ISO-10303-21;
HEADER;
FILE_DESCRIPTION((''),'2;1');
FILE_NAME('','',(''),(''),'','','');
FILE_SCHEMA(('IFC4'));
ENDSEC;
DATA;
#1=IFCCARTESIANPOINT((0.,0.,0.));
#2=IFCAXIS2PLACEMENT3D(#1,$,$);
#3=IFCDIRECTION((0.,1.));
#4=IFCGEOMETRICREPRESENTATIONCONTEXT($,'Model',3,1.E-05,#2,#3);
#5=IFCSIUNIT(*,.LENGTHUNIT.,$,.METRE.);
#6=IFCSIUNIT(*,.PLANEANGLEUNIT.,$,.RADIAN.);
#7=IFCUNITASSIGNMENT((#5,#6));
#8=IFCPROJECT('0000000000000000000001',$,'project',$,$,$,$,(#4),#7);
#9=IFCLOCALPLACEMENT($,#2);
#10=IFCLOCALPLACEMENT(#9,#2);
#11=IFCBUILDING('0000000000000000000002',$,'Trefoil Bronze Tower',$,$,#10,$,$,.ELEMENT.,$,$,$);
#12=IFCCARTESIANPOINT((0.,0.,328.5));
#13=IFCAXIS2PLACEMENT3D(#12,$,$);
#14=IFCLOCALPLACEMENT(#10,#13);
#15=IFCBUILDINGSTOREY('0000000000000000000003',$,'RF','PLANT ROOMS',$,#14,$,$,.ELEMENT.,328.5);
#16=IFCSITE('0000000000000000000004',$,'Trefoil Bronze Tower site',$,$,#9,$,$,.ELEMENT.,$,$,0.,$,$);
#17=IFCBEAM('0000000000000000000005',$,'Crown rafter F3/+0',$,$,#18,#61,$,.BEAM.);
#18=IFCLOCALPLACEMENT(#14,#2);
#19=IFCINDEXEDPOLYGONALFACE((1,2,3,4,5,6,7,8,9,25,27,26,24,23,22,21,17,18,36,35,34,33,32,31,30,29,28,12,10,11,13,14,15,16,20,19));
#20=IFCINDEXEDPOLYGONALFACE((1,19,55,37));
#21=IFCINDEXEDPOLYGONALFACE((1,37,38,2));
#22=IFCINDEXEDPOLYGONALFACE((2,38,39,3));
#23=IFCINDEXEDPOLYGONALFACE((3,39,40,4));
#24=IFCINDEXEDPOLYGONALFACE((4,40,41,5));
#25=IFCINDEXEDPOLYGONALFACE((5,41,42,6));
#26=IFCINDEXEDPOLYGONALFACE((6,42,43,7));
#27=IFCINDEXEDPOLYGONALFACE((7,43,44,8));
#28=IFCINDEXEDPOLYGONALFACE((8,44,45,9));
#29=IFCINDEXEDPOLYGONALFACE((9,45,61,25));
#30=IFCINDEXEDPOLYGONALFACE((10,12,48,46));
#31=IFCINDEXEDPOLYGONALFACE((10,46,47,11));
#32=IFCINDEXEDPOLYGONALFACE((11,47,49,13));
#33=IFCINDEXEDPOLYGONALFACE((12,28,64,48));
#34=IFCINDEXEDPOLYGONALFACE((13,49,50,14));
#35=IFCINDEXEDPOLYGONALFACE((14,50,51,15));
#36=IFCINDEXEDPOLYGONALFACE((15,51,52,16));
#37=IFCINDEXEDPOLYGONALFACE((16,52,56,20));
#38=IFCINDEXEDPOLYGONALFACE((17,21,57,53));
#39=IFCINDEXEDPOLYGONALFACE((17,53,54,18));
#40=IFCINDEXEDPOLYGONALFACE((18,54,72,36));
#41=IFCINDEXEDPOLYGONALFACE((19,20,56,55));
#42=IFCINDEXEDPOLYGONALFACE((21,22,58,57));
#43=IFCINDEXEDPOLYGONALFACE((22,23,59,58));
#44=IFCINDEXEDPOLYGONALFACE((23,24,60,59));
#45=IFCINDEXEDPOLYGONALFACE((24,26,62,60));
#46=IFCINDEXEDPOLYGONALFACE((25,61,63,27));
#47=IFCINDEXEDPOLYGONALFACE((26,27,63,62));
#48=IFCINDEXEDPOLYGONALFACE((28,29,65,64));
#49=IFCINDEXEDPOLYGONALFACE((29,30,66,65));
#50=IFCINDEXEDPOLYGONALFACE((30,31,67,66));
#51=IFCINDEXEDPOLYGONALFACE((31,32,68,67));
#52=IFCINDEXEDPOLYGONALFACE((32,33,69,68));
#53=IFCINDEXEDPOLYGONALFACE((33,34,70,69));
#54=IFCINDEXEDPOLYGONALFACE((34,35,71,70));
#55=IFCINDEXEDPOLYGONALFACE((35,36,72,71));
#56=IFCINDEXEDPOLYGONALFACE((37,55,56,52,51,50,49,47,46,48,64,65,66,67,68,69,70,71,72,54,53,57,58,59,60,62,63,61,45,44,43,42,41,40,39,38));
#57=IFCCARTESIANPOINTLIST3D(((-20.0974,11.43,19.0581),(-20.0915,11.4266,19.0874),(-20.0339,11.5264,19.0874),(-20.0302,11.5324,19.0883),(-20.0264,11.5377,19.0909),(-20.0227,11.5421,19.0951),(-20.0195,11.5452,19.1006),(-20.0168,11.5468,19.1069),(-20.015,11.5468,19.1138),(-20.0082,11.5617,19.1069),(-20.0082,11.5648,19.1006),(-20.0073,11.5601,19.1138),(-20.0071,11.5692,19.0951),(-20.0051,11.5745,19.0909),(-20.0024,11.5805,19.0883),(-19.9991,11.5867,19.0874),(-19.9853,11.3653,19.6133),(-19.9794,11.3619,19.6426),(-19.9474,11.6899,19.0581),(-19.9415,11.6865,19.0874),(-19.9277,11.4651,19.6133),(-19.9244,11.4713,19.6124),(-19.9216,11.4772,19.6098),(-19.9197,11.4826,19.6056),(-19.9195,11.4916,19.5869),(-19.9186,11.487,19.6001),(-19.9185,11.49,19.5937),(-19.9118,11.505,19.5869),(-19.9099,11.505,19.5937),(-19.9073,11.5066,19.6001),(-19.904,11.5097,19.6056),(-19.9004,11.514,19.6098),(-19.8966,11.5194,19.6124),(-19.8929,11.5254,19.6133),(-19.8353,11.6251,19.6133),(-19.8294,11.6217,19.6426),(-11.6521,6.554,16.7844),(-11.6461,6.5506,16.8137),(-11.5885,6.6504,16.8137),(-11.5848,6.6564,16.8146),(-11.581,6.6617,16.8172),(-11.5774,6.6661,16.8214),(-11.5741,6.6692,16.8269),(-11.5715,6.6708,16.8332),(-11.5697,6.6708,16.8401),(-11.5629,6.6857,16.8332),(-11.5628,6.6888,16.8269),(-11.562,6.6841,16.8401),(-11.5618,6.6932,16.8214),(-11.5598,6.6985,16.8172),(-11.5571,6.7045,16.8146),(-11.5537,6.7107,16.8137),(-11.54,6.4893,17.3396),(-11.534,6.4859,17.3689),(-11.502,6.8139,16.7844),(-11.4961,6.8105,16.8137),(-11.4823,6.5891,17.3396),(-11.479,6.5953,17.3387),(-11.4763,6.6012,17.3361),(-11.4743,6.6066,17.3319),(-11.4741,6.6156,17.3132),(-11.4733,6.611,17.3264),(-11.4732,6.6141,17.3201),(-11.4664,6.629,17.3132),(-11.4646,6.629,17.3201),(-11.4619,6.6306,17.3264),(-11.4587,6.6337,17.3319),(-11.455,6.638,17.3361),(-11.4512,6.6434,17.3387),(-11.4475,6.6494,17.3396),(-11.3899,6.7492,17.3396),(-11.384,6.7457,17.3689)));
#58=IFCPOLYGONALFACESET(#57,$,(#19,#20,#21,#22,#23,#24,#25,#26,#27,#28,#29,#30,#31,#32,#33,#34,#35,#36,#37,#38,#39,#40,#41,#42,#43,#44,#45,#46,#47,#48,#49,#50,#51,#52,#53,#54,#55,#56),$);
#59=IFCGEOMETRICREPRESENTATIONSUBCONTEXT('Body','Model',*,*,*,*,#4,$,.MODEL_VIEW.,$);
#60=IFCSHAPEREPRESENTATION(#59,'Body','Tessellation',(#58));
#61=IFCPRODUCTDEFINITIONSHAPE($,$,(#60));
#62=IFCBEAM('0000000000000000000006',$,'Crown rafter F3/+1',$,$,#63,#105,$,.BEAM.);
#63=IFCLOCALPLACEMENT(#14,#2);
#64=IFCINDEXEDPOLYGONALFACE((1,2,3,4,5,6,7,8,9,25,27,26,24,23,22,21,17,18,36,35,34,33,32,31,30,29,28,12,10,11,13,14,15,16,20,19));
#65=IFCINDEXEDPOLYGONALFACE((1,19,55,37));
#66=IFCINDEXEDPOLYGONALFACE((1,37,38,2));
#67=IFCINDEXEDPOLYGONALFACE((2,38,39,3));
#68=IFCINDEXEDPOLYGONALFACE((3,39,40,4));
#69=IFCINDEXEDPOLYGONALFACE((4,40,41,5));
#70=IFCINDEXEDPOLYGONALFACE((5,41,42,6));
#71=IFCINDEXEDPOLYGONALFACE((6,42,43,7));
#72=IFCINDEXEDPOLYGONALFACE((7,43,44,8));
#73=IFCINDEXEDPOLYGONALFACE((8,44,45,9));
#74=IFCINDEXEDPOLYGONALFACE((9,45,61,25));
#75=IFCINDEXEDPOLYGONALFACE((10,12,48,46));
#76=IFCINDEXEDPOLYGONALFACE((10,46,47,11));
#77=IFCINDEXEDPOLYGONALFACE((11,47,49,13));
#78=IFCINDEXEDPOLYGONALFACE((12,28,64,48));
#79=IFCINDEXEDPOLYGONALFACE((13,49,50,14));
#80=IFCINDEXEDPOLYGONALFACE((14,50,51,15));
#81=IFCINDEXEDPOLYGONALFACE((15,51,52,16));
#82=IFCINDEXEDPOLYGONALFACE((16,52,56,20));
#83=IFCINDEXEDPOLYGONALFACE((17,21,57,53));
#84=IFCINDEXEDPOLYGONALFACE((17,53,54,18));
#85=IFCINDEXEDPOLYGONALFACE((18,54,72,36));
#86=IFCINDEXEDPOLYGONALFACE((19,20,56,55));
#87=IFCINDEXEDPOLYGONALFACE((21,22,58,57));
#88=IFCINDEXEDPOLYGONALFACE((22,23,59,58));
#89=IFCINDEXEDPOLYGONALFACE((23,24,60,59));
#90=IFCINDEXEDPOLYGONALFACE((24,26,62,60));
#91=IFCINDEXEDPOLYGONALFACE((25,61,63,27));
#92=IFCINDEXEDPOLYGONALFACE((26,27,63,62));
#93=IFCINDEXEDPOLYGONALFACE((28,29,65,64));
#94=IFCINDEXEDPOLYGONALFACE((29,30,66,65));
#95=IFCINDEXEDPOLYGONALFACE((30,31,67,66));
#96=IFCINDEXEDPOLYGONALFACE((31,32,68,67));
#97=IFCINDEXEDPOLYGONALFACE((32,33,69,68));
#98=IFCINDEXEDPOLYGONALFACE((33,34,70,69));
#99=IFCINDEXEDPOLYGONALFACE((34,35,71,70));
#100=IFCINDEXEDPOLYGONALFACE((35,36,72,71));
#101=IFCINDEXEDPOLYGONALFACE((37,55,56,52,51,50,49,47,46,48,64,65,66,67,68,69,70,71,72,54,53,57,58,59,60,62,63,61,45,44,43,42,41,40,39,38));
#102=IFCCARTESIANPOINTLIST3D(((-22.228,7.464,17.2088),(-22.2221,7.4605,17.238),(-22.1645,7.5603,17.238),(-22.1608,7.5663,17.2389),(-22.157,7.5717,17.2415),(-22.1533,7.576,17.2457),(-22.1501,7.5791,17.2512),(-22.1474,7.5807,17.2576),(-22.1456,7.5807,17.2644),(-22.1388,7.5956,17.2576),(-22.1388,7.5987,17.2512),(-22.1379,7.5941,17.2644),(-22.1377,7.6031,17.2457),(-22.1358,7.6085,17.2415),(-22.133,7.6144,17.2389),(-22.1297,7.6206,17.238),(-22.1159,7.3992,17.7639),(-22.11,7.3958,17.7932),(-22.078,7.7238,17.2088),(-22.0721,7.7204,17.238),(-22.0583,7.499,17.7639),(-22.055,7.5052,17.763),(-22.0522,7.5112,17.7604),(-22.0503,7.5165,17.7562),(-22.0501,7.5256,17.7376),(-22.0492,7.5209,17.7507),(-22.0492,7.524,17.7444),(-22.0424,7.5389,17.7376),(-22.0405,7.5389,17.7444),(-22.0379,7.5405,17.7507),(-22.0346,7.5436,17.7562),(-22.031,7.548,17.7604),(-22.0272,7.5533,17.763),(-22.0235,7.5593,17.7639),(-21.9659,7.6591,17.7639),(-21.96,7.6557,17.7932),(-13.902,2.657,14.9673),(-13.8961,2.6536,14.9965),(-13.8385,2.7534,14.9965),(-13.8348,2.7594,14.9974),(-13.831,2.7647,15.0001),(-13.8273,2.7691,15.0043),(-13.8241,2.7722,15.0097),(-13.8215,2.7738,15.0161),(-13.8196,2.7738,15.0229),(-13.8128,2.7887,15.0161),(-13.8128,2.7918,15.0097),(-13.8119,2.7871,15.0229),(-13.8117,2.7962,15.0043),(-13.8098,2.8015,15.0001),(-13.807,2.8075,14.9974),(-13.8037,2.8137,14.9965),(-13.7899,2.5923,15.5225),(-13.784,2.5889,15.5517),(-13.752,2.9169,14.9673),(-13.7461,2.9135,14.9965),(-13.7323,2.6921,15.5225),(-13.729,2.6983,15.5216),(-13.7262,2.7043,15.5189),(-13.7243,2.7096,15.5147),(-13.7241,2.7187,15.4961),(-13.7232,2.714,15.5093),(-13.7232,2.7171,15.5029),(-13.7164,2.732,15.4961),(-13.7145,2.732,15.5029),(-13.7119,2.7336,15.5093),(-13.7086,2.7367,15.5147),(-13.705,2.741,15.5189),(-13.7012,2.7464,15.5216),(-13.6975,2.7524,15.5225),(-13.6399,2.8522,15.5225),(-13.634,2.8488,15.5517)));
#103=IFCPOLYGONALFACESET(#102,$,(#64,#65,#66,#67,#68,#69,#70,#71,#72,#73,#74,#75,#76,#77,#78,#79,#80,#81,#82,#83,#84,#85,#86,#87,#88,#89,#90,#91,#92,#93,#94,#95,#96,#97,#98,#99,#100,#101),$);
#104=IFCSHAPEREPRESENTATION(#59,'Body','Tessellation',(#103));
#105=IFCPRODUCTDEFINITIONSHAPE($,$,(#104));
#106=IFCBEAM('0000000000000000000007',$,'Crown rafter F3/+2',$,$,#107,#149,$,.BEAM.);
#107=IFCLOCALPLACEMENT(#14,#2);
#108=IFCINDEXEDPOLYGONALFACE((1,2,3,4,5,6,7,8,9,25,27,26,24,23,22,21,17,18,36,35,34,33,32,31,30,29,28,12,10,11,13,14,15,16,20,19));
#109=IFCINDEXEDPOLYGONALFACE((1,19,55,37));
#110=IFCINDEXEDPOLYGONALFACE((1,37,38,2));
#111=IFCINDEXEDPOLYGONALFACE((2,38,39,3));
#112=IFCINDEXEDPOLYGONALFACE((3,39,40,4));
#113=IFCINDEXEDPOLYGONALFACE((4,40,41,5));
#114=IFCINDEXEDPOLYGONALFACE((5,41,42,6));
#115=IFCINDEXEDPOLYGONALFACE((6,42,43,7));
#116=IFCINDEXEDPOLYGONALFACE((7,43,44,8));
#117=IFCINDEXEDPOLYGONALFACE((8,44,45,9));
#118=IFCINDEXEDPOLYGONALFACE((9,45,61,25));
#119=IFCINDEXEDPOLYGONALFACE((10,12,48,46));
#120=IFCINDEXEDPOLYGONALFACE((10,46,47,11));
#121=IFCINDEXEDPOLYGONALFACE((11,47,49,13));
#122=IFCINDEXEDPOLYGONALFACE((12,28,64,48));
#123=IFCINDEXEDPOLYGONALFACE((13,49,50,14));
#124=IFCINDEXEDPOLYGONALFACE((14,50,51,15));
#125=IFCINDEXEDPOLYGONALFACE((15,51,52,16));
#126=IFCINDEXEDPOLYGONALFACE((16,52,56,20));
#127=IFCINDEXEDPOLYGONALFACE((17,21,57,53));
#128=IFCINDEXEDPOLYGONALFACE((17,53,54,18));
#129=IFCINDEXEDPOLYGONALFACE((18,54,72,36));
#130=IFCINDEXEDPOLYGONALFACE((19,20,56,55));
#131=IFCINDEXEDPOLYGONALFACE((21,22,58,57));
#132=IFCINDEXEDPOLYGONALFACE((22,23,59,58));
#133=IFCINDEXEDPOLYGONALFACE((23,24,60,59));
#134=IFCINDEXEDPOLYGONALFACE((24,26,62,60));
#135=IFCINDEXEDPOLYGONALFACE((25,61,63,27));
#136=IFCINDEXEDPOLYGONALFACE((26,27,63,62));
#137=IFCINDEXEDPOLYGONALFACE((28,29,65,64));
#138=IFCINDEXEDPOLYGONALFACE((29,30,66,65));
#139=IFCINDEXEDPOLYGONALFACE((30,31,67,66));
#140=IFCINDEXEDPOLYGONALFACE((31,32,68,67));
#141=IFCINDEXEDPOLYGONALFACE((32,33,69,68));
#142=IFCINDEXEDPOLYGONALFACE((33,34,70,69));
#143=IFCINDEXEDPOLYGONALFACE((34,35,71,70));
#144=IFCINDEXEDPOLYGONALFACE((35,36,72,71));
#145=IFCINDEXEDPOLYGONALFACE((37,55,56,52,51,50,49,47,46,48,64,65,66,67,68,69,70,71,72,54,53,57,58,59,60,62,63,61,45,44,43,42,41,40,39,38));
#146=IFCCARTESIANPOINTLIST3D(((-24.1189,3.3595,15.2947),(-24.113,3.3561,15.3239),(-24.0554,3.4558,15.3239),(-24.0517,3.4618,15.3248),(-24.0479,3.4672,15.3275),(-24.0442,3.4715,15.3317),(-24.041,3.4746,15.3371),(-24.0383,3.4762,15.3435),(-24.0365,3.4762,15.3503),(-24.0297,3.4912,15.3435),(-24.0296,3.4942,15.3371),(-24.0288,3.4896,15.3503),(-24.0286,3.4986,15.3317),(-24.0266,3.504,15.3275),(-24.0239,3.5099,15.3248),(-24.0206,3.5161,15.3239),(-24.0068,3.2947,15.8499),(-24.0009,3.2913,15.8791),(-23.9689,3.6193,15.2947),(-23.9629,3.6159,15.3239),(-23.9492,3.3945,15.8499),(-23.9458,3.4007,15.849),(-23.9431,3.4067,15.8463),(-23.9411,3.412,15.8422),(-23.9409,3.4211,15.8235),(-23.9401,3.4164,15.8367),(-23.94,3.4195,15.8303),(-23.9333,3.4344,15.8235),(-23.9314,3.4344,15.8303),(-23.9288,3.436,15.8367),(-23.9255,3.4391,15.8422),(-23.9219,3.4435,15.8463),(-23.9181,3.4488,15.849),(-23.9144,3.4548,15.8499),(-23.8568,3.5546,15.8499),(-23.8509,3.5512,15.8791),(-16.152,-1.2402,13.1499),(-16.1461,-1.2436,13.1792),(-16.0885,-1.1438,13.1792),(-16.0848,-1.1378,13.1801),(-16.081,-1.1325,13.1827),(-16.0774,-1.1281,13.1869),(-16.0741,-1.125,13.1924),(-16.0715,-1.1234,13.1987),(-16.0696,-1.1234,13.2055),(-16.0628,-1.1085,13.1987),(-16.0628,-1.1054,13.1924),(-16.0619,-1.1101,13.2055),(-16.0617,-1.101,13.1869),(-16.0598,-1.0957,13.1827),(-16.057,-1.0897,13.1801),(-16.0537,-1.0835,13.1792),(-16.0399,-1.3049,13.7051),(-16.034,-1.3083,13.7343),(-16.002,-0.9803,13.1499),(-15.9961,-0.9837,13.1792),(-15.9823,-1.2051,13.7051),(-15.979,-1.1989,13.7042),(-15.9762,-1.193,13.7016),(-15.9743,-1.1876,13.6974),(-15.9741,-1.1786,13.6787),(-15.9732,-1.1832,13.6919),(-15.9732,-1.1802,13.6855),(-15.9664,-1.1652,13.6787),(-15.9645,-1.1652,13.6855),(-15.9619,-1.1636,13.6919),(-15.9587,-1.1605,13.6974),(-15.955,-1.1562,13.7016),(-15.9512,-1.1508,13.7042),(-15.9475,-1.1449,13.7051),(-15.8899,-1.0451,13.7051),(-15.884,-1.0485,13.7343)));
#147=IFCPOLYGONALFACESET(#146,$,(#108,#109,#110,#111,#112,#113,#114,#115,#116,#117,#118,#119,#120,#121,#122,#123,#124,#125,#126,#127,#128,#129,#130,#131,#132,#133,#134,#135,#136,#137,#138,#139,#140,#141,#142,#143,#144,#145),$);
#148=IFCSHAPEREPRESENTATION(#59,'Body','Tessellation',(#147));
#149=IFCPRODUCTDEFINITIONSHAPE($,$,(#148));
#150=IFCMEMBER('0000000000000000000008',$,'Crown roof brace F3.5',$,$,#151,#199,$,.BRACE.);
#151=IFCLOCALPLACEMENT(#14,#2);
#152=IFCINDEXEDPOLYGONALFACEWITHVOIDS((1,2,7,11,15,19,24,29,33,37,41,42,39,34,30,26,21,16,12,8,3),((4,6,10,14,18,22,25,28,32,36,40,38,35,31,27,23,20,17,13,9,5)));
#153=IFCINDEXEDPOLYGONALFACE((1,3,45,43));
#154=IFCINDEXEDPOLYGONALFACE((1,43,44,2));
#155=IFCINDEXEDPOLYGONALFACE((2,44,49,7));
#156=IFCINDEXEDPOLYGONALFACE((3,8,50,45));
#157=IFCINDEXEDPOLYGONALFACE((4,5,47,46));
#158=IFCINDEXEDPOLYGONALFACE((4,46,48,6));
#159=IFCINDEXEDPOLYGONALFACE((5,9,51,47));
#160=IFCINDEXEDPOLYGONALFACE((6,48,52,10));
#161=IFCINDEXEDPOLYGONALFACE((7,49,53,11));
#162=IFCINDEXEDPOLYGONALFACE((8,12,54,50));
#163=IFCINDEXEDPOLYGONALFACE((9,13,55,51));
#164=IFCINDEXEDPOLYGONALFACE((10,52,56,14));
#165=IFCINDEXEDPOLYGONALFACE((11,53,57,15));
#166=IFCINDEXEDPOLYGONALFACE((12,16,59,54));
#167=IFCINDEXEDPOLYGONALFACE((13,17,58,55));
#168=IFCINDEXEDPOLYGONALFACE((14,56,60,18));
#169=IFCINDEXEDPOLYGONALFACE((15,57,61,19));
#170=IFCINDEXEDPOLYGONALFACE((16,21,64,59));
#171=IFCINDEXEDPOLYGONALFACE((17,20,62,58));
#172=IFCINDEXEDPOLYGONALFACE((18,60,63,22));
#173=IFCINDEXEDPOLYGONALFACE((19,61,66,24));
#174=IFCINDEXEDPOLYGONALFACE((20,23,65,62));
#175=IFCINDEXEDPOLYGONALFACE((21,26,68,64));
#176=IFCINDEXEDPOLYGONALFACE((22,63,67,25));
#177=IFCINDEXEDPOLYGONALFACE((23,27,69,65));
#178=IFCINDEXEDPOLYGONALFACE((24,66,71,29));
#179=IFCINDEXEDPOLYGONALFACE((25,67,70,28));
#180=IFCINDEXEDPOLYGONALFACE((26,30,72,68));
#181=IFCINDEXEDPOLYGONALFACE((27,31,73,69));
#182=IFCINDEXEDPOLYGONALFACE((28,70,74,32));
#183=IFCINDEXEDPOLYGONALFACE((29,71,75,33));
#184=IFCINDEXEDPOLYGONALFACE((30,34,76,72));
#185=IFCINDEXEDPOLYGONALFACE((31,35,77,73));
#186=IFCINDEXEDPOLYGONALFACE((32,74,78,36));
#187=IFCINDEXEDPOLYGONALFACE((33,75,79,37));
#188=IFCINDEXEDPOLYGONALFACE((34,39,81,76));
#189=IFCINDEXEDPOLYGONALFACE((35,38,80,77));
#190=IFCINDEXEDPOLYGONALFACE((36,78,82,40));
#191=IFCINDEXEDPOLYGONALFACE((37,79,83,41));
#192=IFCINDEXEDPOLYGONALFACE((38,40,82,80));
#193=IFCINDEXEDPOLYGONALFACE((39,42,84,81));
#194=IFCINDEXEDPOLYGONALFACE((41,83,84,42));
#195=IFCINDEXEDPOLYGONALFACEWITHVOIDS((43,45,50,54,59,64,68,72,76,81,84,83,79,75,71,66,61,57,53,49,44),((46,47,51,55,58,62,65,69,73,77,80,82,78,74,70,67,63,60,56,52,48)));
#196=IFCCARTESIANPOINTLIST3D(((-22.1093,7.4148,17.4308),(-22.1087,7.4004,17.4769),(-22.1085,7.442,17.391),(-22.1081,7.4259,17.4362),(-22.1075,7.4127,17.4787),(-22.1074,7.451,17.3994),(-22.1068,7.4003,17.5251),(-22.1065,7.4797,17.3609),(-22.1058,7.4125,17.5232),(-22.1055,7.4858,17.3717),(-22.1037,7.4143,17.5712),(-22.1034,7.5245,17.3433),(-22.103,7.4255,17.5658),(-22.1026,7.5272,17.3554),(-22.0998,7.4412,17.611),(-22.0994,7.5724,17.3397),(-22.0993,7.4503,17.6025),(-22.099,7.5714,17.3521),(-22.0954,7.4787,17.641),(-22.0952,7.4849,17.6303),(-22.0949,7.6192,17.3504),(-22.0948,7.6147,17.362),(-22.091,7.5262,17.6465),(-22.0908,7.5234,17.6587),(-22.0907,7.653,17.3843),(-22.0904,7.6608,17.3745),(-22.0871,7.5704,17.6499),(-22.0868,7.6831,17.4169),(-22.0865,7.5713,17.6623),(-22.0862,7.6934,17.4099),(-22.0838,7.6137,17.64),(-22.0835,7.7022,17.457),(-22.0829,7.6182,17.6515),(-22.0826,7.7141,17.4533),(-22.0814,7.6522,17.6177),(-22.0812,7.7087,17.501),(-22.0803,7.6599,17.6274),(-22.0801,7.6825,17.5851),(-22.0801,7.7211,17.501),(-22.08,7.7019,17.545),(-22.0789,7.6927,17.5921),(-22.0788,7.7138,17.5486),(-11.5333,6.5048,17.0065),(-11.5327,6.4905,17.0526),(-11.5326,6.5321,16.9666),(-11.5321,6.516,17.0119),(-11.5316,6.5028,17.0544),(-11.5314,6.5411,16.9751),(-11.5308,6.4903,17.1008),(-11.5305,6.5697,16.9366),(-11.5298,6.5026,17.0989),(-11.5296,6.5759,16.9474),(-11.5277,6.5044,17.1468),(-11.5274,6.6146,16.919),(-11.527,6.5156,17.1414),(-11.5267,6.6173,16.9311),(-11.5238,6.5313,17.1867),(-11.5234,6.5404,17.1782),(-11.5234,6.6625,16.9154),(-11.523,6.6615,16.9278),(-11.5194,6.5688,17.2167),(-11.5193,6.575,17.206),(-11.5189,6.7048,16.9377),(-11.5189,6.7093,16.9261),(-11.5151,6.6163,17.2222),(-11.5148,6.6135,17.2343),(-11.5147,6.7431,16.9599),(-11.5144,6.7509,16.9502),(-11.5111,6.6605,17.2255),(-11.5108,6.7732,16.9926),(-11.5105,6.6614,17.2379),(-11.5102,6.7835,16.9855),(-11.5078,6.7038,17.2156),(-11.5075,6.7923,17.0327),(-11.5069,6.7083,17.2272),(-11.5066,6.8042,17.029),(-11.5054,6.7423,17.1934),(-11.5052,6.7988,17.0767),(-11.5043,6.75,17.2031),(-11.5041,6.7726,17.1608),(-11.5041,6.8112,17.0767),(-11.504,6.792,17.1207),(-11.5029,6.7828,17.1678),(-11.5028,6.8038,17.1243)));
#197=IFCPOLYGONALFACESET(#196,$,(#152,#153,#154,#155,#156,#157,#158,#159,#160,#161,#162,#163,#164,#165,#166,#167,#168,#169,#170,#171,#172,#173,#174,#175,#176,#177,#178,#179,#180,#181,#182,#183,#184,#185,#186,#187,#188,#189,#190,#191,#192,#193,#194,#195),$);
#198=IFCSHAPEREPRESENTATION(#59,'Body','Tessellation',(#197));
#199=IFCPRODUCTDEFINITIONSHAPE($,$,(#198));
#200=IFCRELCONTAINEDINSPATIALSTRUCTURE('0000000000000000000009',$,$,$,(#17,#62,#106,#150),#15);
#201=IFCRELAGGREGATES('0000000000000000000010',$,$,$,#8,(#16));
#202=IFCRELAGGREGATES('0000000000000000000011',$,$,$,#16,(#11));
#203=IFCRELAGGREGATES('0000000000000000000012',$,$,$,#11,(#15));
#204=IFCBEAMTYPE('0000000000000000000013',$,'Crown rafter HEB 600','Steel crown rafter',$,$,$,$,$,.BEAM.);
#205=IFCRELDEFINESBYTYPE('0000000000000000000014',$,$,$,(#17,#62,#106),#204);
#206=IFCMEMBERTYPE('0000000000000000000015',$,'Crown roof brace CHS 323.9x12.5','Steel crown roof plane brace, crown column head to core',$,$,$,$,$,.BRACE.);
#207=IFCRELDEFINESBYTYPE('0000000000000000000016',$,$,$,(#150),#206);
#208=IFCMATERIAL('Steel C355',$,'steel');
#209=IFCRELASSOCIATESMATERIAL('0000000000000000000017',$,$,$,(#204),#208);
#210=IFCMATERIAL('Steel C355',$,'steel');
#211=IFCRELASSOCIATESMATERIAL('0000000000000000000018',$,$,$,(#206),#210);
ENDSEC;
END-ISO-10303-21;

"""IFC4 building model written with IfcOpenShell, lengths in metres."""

from ifc_helpers import new_model, si_unit, direction, frame, origin, origin_2d, place, context, subcontext, project, spatial, hollow_circle, i_section, extrude, material, material_profile, profile_set, type_object, element, save


model = new_model("IFC4")

# Units and contexts
model_context = context("Model", 3, precision=1e-05, world=origin(), true_north=direction((0.0, 1.0)))
body_context = subcontext(model_context, "Body", "Model", "MODEL_VIEW")
ifc_project = project(units=[si_unit("LENGTHUNIT", "METRE"), si_unit("PLANEANGLEUNIT", "RADIAN")], contexts=[model_context])

# Site, building, storey
site_placement = place(None, origin())
site = spatial("IfcSite", under=ifc_project, at=site_placement, Name="Trefoil Bronze Tower site", CompositionType="ELEMENT", RefElevation=0.0)
building_placement = place(site_placement, origin())
building = spatial("IfcBuilding", under=site, at=building_placement, Name="Trefoil Bronze Tower", CompositionType="ELEMENT")
storey_placement = place(building_placement, frame((0.0, 0.0, 328.5)))
storey = spatial("IfcBuildingStorey", under=building, at=storey_placement, Name="RF", Description="PLANT ROOMS", CompositionType="ELEMENT", Elevation=328.5)

# Beams
ifc_material_1 = material(Name="Steel C355", Category="steel")
ifc_material_profile_1 = material_profile(ifc_material_1, i_section(OverallWidth=0.3, OverallDepth=0.6001, WebThickness=0.0154, FlangeThickness=0.03, FilletRadius=0.0271, at=origin_2d()), Name="HEB 600")
ifc_profile_set_1 = profile_set([ifc_material_profile_1], Name="Steel C355")
beam_type_1 = type_object("IfcBeamType", Name="Crown rafter HEB 600", Description="Steel crown rafter", PredefinedType="BEAM", material=ifc_profile_set_1)
beam_1_placement = place(storey_placement, frame((-19.9634, 11.5259, 19.3503), z_axis=(0.843402, -0.486945, -0.227064), x_axis=(0.500006, 0.866022, 0.0)))
element("IfcBeam", 1, at=beam_1_placement, inside=storey, type_object=beam_type_1, Name="Crown rafter F3/+0", PredefinedType="BEAM", context=body_context, shape_type="SweptSolid", body=[
    extrude(i_section(OverallWidth=0.3, OverallDepth=0.6001, WebThickness=0.0154, FlangeThickness=0.03, FilletRadius=0.0271, at=origin_2d()), origin(), (0.0, 0.0, 1.0), 10.0134),
])
beam_2_placement = place(storey_placement, frame((-22.094, 7.5598, 17.501), z_axis=(0.84341, -0.486934, -0.227058), x_axis=(0.499993, 0.86603, 0.0)))
element("IfcBeam", 2, at=beam_2_placement, inside=storey, type_object=beam_type_1, Name="Crown rafter F3/+1", PredefinedType="BEAM", context=body_context, shape_type="SweptSolid", body=[
    extrude(i_section(OverallWidth=0.3, OverallDepth=0.6001, WebThickness=0.0154, FlangeThickness=0.03, FilletRadius=0.0271, at=origin_2d()), origin(), (0.0, 0.0, 1.0), 9.8718),
])
beam_3_placement = place(storey_placement, frame((-23.9849, 3.4553, 15.5869), z_axis=(0.843407, -0.486939, -0.227057), x_axis=(0.499998, 0.866026, 0.0)))
element("IfcBeam", 3, at=beam_3_placement, inside=storey, type_object=beam_type_1, Name="Crown rafter F3/+2", PredefinedType="BEAM", context=body_context, shape_type="SweptSolid", body=[
    extrude(i_section(OverallWidth=0.3, OverallDepth=0.6001, WebThickness=0.0154, FlangeThickness=0.03, FilletRadius=0.0271, at=origin_2d()), origin(), (0.0, 0.0, 1.0), 9.446),
])

# Member
ifc_material_2 = material(Name="Steel C355", Category="steel")
ifc_material_profile_2 = material_profile(ifc_material_2, hollow_circle(Radius=0.1619, WallThickness=0.0125, at=origin_2d()), Name="CHS 323.9x12.5")
ifc_profile_set_2 = profile_set([ifc_material_profile_2], Name="Steel C355")
member_type = type_object("IfcMemberType", Name="Crown roof brace CHS 323.9x12.5", Description="Steel crown roof plane brace, crown column head to core", PredefinedType="BRACE", material=ifc_profile_set_2)
member_1_placement = place(storey_placement, frame((-22.094, 7.5598, 17.501), z_axis=(0.995524, -0.085651, -0.039941), x_axis=(0.085719, 0.996319, 0.0)))
element("IfcMember", 4, at=member_1_placement, inside=storey, type_object=member_type, Name="Crown roof brace F3.5", PredefinedType="BRACE", context=body_context, shape_type="SweptSolid", body=[
    extrude(hollow_circle(Radius=0.1619, WallThickness=0.0125, at=origin_2d()), origin(), (0.0, 0.0, 1.0), 10.6235),
])

save(model, "model.ifc")
